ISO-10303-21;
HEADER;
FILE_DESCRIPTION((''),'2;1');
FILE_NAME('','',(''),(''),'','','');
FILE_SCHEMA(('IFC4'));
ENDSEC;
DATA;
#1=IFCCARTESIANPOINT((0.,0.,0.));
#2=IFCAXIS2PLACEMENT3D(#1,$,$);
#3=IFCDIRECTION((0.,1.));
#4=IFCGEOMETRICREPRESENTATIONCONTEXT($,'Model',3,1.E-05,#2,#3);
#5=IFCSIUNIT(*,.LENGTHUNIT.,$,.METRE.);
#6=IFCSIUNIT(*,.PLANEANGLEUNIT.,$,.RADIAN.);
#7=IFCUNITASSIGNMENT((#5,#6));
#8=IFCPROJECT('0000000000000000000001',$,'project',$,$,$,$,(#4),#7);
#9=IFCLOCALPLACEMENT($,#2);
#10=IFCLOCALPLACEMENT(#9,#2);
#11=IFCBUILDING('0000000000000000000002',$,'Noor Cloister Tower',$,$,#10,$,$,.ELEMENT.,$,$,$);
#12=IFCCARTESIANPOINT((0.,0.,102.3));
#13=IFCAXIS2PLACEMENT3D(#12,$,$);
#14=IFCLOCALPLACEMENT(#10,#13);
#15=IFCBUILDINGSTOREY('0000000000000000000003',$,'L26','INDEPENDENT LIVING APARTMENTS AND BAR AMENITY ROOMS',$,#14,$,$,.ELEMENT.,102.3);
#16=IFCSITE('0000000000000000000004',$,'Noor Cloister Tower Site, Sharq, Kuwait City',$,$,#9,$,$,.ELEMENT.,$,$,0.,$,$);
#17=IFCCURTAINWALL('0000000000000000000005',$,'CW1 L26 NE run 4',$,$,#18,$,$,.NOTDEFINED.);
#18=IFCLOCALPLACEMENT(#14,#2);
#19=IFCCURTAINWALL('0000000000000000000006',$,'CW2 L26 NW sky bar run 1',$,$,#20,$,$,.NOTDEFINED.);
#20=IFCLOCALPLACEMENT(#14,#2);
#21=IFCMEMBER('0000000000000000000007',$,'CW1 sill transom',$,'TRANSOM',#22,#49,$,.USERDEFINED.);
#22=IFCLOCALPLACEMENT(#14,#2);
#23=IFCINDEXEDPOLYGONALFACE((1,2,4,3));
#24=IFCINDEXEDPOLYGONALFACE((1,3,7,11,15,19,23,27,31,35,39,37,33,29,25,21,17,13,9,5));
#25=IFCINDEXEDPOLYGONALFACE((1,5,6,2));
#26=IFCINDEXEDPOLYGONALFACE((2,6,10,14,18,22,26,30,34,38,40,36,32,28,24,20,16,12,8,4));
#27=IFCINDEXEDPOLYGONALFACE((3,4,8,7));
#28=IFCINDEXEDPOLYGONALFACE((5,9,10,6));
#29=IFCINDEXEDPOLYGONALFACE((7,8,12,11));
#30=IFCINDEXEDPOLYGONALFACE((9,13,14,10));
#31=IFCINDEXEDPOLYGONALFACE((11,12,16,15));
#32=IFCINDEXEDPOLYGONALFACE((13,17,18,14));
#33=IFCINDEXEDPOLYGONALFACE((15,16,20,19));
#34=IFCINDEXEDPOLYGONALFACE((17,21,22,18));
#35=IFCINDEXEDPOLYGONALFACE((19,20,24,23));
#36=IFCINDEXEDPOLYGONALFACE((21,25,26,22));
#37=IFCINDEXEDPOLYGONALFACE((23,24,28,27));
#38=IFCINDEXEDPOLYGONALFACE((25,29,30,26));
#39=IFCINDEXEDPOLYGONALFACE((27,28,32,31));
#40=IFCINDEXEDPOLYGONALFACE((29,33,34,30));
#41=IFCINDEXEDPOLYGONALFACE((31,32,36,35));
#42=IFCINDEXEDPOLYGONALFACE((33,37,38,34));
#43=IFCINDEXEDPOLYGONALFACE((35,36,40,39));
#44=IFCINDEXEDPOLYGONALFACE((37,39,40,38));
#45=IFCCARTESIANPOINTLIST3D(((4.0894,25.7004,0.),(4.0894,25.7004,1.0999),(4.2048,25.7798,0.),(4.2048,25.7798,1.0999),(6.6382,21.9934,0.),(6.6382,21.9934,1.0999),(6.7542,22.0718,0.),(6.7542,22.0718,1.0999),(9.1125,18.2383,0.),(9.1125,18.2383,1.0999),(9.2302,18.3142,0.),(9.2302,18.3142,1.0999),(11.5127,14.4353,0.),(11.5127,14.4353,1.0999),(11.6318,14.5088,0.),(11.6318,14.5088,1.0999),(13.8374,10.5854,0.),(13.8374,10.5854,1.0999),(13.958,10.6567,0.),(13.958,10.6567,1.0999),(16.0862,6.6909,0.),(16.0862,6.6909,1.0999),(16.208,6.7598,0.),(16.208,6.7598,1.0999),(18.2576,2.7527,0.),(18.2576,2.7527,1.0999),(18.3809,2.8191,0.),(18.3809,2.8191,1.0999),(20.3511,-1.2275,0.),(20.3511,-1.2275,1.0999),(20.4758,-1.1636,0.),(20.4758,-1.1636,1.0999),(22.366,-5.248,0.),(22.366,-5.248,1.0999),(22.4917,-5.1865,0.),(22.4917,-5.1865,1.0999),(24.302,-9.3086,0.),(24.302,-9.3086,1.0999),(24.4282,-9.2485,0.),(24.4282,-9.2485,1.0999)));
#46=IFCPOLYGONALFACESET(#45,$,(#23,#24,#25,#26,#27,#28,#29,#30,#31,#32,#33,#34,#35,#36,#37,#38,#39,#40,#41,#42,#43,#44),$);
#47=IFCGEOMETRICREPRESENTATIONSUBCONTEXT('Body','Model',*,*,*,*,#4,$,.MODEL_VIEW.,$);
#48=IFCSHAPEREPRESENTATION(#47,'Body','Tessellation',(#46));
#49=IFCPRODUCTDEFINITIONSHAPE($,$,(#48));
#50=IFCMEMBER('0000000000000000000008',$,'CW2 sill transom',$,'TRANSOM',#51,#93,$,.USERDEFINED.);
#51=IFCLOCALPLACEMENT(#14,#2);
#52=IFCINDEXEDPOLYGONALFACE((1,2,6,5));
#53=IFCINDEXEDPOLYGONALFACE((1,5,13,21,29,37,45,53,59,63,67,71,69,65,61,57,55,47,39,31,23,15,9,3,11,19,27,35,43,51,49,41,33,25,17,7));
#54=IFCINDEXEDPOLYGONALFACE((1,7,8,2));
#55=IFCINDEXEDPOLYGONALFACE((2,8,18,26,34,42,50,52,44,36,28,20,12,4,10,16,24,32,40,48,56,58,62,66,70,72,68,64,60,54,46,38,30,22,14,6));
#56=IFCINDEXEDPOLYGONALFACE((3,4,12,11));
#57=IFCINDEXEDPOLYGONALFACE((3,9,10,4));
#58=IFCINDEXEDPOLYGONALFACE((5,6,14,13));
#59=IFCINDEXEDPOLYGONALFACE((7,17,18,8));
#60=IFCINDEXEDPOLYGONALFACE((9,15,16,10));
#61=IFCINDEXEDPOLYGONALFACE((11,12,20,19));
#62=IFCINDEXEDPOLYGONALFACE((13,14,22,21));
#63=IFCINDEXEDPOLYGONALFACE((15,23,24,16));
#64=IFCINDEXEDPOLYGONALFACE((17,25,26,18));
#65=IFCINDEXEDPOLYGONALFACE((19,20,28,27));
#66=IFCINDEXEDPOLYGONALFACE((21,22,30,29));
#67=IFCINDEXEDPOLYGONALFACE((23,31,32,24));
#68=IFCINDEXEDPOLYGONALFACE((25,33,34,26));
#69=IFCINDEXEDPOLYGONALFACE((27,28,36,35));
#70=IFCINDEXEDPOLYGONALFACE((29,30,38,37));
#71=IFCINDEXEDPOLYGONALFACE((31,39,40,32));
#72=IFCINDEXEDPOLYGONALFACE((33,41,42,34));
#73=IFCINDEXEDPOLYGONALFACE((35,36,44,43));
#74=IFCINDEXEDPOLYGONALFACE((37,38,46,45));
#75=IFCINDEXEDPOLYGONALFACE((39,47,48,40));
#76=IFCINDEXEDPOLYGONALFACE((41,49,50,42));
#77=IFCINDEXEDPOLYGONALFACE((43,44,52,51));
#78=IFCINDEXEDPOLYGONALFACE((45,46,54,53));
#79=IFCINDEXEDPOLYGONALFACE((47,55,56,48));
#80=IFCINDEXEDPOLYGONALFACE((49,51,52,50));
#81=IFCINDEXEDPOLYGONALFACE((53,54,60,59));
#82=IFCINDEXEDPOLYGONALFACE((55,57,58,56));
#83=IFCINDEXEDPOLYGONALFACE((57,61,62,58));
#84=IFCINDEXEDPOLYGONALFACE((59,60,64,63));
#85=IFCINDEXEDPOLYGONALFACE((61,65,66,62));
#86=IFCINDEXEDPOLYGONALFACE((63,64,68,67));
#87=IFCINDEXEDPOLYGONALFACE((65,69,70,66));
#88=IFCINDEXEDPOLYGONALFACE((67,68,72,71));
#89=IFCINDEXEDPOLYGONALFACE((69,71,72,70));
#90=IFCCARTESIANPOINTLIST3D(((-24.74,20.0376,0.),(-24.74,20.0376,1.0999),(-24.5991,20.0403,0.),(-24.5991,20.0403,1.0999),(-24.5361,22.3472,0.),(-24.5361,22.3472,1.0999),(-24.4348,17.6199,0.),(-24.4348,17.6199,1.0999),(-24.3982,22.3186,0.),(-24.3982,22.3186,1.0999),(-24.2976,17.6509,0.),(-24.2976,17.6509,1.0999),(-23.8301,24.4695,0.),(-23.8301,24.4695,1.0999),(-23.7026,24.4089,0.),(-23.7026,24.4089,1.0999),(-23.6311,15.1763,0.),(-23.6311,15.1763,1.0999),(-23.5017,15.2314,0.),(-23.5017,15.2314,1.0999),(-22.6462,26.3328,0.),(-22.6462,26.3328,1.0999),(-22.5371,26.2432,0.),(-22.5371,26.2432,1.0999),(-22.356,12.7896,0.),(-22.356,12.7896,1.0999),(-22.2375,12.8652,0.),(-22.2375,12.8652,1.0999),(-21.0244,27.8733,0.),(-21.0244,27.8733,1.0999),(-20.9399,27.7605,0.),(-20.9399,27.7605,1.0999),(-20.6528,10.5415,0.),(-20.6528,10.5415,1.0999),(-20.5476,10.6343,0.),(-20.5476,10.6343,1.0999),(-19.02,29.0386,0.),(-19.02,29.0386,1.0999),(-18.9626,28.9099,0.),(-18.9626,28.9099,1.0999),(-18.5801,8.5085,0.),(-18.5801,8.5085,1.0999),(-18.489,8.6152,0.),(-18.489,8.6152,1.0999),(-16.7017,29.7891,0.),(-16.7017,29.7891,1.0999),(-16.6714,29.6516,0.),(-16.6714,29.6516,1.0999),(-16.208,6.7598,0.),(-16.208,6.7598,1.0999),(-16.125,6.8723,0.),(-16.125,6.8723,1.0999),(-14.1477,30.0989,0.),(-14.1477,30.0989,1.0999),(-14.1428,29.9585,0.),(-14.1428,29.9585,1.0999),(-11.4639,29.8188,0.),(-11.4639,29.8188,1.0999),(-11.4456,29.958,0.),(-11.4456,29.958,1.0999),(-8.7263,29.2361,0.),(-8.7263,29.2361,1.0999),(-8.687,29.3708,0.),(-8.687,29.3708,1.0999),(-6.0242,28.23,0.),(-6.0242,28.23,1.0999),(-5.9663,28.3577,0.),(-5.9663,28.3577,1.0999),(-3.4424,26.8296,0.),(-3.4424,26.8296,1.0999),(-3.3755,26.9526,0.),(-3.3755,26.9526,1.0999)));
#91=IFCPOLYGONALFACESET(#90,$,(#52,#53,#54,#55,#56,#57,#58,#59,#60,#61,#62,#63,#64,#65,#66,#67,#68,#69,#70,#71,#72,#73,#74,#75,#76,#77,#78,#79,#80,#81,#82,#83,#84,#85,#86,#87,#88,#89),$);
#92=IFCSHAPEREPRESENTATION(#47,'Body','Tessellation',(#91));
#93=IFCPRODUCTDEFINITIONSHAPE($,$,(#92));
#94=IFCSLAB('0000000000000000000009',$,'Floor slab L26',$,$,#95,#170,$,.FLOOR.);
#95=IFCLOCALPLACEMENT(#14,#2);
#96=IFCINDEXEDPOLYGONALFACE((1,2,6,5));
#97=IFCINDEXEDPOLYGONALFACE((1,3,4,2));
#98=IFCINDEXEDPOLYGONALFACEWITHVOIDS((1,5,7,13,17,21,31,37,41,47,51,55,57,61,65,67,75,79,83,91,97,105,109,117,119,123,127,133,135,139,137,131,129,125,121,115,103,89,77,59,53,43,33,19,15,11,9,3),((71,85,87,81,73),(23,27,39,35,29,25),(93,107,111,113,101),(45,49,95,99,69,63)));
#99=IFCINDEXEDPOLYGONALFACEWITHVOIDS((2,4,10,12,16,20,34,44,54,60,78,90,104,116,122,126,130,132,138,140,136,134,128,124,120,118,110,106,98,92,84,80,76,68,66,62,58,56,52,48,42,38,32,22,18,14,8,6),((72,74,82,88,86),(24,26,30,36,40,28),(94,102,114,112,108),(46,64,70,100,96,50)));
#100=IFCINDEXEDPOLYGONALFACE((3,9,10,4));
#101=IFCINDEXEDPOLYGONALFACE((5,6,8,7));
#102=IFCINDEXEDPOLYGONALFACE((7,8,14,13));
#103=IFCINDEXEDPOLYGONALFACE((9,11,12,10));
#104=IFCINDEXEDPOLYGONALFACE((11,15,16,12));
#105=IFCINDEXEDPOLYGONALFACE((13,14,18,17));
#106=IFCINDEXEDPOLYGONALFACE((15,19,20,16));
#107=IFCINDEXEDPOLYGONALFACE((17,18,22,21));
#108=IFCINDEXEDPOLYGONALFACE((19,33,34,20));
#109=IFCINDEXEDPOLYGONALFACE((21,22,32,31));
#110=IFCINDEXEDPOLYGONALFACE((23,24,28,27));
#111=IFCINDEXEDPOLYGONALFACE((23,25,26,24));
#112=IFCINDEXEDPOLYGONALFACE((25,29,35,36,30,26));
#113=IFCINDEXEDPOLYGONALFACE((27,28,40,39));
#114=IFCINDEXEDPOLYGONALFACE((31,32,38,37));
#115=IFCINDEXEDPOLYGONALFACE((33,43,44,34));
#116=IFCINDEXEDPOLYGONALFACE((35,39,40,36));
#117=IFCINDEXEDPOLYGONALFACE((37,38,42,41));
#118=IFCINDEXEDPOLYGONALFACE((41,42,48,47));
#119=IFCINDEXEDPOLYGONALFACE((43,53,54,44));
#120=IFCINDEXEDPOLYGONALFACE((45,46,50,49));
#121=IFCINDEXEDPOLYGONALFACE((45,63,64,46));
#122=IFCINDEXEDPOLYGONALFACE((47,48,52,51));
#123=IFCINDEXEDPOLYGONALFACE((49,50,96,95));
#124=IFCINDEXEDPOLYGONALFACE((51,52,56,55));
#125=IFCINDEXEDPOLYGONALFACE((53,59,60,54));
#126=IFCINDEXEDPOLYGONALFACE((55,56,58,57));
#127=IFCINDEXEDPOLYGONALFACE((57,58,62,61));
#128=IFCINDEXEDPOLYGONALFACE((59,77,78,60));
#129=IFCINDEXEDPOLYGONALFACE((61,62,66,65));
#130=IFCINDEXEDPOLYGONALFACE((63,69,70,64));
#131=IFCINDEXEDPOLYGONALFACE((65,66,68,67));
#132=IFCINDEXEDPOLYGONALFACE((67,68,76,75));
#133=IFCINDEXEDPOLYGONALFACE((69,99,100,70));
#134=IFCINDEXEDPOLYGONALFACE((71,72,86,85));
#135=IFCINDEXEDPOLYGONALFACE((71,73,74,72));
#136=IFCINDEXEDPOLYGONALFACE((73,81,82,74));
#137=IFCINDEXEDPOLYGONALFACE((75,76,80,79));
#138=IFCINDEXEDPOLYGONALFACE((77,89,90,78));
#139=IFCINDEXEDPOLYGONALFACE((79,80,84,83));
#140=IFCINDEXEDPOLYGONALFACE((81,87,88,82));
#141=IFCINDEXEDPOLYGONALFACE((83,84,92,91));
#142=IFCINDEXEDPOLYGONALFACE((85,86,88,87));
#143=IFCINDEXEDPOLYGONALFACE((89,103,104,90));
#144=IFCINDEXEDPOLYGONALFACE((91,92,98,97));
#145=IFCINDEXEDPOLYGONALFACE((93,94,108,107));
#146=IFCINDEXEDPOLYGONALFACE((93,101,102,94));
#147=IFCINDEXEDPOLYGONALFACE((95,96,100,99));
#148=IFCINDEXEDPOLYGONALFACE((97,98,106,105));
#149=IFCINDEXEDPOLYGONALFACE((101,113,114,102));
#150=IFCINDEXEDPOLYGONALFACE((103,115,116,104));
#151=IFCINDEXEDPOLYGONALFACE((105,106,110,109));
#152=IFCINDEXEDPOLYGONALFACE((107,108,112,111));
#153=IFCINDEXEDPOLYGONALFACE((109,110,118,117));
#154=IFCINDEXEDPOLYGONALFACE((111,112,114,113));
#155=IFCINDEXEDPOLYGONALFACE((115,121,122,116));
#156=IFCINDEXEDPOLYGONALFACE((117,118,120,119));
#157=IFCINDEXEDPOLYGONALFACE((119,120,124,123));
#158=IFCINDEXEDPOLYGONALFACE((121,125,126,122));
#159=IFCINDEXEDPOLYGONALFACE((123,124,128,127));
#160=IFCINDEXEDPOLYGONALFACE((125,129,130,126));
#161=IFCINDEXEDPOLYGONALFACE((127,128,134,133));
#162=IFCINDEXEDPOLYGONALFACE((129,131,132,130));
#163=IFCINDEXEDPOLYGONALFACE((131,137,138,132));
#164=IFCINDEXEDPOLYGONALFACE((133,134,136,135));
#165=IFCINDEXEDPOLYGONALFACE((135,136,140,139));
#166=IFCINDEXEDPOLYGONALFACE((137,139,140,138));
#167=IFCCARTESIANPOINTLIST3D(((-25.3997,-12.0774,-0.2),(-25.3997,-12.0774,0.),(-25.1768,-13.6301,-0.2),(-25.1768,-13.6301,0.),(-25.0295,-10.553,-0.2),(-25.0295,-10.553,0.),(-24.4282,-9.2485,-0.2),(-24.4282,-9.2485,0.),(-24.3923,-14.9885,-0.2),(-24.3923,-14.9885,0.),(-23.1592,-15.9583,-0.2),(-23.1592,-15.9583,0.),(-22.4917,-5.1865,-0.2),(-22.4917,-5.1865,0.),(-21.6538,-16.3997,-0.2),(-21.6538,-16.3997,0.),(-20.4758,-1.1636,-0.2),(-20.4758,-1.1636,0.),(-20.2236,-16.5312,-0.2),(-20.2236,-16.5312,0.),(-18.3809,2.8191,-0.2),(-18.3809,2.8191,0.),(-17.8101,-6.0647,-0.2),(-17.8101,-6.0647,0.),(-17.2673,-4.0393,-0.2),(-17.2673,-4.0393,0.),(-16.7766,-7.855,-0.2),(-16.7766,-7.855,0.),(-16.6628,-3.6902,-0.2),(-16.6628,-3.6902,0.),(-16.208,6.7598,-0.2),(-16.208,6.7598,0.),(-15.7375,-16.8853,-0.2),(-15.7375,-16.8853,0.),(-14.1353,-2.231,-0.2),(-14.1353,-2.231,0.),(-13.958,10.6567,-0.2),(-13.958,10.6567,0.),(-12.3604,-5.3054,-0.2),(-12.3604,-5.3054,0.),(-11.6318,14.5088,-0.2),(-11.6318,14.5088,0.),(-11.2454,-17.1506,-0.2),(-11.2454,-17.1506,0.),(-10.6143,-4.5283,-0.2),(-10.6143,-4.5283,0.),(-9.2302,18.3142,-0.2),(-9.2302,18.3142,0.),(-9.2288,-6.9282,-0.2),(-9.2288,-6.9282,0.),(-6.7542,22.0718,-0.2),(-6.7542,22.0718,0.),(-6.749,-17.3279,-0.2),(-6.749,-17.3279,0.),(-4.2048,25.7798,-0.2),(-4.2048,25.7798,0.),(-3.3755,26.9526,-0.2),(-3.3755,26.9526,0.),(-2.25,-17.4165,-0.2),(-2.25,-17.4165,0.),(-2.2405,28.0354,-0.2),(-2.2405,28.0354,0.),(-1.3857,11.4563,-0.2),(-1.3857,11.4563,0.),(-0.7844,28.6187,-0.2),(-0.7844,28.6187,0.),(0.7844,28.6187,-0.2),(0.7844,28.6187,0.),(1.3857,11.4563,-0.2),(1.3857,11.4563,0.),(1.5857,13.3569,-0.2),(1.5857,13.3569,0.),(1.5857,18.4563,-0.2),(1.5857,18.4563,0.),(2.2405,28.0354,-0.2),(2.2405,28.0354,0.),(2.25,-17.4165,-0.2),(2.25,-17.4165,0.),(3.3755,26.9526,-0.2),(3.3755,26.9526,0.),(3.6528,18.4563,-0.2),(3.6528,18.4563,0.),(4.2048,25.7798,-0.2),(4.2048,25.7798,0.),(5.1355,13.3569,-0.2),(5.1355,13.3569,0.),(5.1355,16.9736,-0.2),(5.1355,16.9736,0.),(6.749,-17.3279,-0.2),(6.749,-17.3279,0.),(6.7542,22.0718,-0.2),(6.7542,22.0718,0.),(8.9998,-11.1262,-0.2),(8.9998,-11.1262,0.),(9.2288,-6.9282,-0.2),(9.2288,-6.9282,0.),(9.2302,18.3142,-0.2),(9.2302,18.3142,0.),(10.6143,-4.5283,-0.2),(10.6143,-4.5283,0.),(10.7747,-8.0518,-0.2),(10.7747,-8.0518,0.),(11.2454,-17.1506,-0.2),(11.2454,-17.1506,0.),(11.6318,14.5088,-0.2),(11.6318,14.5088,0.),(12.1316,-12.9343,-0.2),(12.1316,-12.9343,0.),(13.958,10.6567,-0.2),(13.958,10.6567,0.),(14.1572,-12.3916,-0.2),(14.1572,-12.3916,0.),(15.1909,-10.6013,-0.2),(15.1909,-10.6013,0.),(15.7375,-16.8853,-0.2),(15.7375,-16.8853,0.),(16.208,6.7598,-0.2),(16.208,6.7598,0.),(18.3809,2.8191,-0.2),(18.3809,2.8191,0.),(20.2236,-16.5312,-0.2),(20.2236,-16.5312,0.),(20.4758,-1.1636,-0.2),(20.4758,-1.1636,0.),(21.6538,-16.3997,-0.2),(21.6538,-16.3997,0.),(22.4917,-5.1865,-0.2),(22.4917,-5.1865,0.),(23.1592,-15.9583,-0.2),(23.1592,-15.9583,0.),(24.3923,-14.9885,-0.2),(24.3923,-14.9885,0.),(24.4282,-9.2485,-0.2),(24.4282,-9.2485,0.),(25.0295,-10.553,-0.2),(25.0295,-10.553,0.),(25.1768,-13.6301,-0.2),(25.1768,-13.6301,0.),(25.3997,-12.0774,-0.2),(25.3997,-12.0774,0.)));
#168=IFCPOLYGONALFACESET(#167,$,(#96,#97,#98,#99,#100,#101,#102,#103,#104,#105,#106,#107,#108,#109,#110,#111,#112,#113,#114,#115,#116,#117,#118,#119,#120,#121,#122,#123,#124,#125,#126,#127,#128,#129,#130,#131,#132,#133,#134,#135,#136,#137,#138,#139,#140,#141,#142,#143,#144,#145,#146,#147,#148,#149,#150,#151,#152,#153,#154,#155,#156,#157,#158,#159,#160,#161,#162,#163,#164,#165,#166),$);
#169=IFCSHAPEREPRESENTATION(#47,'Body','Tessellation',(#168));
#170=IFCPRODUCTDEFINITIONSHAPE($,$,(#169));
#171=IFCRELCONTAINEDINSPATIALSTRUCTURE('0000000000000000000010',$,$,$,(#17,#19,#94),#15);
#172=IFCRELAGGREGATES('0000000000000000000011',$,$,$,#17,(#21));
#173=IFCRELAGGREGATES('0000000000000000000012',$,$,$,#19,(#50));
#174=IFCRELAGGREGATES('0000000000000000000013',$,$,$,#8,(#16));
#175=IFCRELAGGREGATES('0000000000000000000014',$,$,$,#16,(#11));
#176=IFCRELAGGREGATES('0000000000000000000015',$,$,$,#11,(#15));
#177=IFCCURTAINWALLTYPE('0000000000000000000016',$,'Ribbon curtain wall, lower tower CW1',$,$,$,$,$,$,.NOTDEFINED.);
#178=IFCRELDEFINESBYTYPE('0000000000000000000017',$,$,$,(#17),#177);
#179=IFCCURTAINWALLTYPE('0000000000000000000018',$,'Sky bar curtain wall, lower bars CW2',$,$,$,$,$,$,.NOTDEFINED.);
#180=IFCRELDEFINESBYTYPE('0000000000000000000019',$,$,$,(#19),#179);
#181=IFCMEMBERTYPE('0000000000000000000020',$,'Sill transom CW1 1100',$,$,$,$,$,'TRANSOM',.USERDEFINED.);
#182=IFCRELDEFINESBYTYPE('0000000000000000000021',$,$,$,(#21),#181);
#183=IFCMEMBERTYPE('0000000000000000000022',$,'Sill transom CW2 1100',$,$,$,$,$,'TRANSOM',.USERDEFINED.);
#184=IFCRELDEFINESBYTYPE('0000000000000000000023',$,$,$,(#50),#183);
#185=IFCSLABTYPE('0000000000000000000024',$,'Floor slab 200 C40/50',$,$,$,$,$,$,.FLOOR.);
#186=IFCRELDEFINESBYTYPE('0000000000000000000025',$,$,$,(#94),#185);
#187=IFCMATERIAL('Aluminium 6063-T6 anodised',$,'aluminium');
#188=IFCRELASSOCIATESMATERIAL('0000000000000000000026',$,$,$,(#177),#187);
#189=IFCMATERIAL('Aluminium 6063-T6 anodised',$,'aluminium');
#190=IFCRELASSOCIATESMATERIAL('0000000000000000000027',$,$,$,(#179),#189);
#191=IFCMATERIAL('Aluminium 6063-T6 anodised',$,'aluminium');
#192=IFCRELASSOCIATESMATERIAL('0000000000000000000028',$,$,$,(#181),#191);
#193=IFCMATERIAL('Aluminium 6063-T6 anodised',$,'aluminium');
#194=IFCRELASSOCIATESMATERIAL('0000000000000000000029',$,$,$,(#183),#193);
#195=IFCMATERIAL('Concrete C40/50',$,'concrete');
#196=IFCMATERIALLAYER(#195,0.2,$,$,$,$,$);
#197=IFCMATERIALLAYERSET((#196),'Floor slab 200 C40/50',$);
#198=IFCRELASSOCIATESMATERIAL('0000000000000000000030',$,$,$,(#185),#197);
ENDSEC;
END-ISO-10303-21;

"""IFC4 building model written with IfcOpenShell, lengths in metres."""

from ifc_helpers import new_model, si_unit, direction, frame, origin, place, context, subcontext, project, spatial, polyline, outline, extrude, material, layer, layer_set, type_object, element, aggregate, save


model = new_model("IFC4")

# Units and contexts
model_context = context("Model", 3, precision=1e-05, world=origin(), true_north=direction((0.0, 1.0)))
body_context = subcontext(model_context, "Body", "Model", "MODEL_VIEW")
ifc_project = project(units=[si_unit("LENGTHUNIT", "METRE"), si_unit("PLANEANGLEUNIT", "RADIAN")], contexts=[model_context])

# Site, building, storey
site_placement = place(None, origin())
site = spatial("IfcSite", under=ifc_project, at=site_placement, Name="Noor Cloister Tower Site, Sharq, Kuwait City", CompositionType="ELEMENT", RefElevation=0.0)
building_placement = place(site_placement, origin())
building = spatial("IfcBuilding", under=site, at=building_placement, Name="Noor Cloister Tower", CompositionType="ELEMENT")
storey_placement = place(building_placement, frame((0.0, 0.0, 102.3)))
storey = spatial("IfcBuildingStorey", under=building, at=storey_placement, Name="L26", Description="INDEPENDENT LIVING APARTMENTS AND BAR AMENITY ROOMS", CompositionType="ELEMENT", Elevation=102.3)

# Curtain walls
ifc_material_1 = material(Name="Aluminium 6063-T6 anodised", Category="aluminium")
curtain_wall_type_1 = type_object("IfcCurtainWallType", Name="Ribbon curtain wall, lower tower CW1", PredefinedType="NOTDEFINED", material=ifc_material_1)
curtain_wall_1_placement = place(storey_placement, origin())
curtain_wall_1 = element("IfcCurtainWall", 1, at=curtain_wall_1_placement, inside=storey, type_object=curtain_wall_type_1, Name="CW1 L26 NE run 4", PredefinedType="NOTDEFINED")
ifc_material_2 = material(Name="Aluminium 6063-T6 anodised", Category="aluminium")
curtain_wall_type_2 = type_object("IfcCurtainWallType", Name="Sky bar curtain wall, lower bars CW2", PredefinedType="NOTDEFINED", material=ifc_material_2)
curtain_wall_2_placement = place(storey_placement, origin())
curtain_wall_2 = element("IfcCurtainWall", 2, at=curtain_wall_2_placement, inside=storey, type_object=curtain_wall_type_2, Name="CW2 L26 NW sky bar run 1", PredefinedType="NOTDEFINED")

# Members
ifc_material_3 = material(Name="Aluminium 6063-T6 anodised", Category="aluminium")
member_type_1 = type_object("IfcMemberType", Name="Sill transom CW1 1100", ElementType="TRANSOM", PredefinedType="USERDEFINED", material=ifc_material_3)
member_1_placement = place(storey_placement, origin())
member_1 = element("IfcMember", 3, at=member_1_placement, type_object=member_type_1, Name="CW1 sill transom", ObjectType="TRANSOM", PredefinedType="USERDEFINED", context=body_context, shape_type="SweptSolid", body=[
    extrude(outline(polyline([(24.4282, -9.2485), (22.4917, -5.1865), (20.4758, -1.1636), (18.3809, 2.8191), (16.208, 6.7598), (13.958, 10.6567), (11.6318, 14.5088), (9.2302, 18.3142), (6.7542, 22.0718), (4.2048, 25.7798), (4.0894, 25.7004), (6.6382, 21.9934), (9.1125, 18.2383), (11.5127, 14.4353), (13.8374, 10.5854), (16.0862, 6.6909), (18.2576, 2.7527), (20.3511, -1.2275), (22.366, -5.248), (24.302, -9.3086), (24.4282, -9.2485)])), origin(), (0.0, 0.0, 1.0), 1.0999),
])
aggregate(curtain_wall_1, [member_1])
ifc_material_4 = material(Name="Aluminium 6063-T6 anodised", Category="aluminium")
member_type_2 = type_object("IfcMemberType", Name="Sill transom CW2 1100", ElementType="TRANSOM", PredefinedType="USERDEFINED", material=ifc_material_4)
member_2_placement = place(storey_placement, origin())
member_2 = element("IfcMember", 4, at=member_2_placement, type_object=member_type_2, Name="CW2 sill transom", ObjectType="TRANSOM", PredefinedType="USERDEFINED", context=body_context, shape_type="SweptSolid", body=[
    extrude(outline(polyline([(-3.3755, 26.9526), (-5.9663, 28.3577), (-8.687, 29.3708), (-11.4456, 29.958), (-14.1477, 30.0989), (-16.7017, 29.7891), (-19.02, 29.0386), (-21.0244, 27.8733), (-22.6462, 26.3328), (-23.8301, 24.4695), (-24.5361, 22.3472), (-24.74, 20.0376), (-24.4348, 17.6199), (-23.6311, 15.1763), (-22.356, 12.7896), (-20.6528, 10.5415), (-18.5801, 8.5085), (-16.208, 6.7598), (-16.125, 6.8723), (-18.489, 8.6152), (-20.5476, 10.6343), (-22.2375, 12.8652), (-23.5017, 15.2314), (-24.2976, 17.6509), (-24.5991, 20.0403), (-24.3982, 22.3186), (-23.7026, 24.4089), (-22.5371, 26.2432), (-20.9399, 27.7605), (-18.9626, 28.9099), (-16.6714, 29.6516), (-14.1428, 29.9585), (-11.4639, 29.8188), (-8.7263, 29.2361), (-6.0242, 28.23), (-3.4424, 26.8296), (-3.3755, 26.9526)])), origin(), (0.0, 0.0, 1.0), 1.0999),
])
aggregate(curtain_wall_2, [member_2])

# Slab
ifc_material_5 = material(Name="Concrete C40/50", Category="concrete")
ifc_layer_1 = layer(ifc_material_5, 0.2)
ifc_layer_set_1 = layer_set([ifc_layer_1], Name="Floor slab 200 C40/50")
slab_type_1 = type_object("IfcSlabType", Name="Floor slab 200 C40/50", PredefinedType="FLOOR", material=ifc_layer_set_1)
slab_1_placement = place(storey_placement, frame((0.0, 0.0, -0.2)))
element("IfcSlab", 5, at=slab_1_placement, inside=storey, type_object=slab_type_1, Name="Floor slab L26", PredefinedType="FLOOR", context=body_context, shape_type="SweptSolid", body=[
    extrude(outline(polyline([(3.3755, 26.9526), (2.2405, 28.0354), (0.7844, 28.6187), (-0.7844, 28.6187), (-2.2405, 28.0354), (-3.3755, 26.9526), (-4.2048, 25.7798), (-6.7542, 22.0718), (-9.2302, 18.3142), (-11.6318, 14.5088), (-13.958, 10.6567), (-16.208, 6.7598), (-18.3809, 2.8191), (-20.4758, -1.1636), (-22.4917, -5.1865), (-24.4282, -9.2485), (-25.0295, -10.553), (-25.3997, -12.0774), (-25.1768, -13.6301), (-24.3923, -14.9885), (-23.1592, -15.9583), (-21.6538, -16.3997), (-20.2236, -16.5312), (-15.7375, -16.8853), (-11.2454, -17.1506), (-6.749, -17.3279), (-2.25, -17.4165), (2.25, -17.4165), (6.749, -17.3279), (11.2454, -17.1506), (15.7375, -16.8853), (20.2236, -16.5312), (21.6538, -16.3997), (23.1592, -15.9583), (24.3923, -14.9885), (25.1768, -13.6301), (25.3997, -12.0774), (25.0295, -10.553), (24.4282, -9.2485), (22.4917, -5.1865), (20.4758, -1.1636), (18.3809, 2.8191), (16.208, 6.7598), (13.958, 10.6567), (11.6318, 14.5088), (9.2302, 18.3142), (6.7542, 22.0718), (4.2048, 25.7798), (3.3755, 26.9526)]), holes=[polyline([(8.9998, -11.1262), (12.1316, -12.9343), (14.1572, -12.3916), (15.1909, -10.6013), (10.7747, -8.0518), (8.9998, -11.1262)]), polyline([(-17.8101, -6.0647), (-16.7766, -7.855), (-12.3604, -5.3054), (-14.1353, -2.231), (-16.6628, -3.6902), (-17.2673, -4.0393), (-17.8101, -6.0647)]), polyline([(-10.6143, -4.5283), (-9.2288, -6.9282), (9.2288, -6.9282), (10.6143, -4.5283), (1.3857, 11.4563), (-1.3857, 11.4563), (-10.6143, -4.5283)]), polyline([(3.6528, 18.4563), (1.5857, 18.4563), (1.5857, 13.3569), (5.1355, 13.3569), (5.1355, 16.9736), (3.6528, 18.4563)])]), origin(), (0.0, 0.0, 1.0), 0.2),
])

save(model, "model.ifc")
